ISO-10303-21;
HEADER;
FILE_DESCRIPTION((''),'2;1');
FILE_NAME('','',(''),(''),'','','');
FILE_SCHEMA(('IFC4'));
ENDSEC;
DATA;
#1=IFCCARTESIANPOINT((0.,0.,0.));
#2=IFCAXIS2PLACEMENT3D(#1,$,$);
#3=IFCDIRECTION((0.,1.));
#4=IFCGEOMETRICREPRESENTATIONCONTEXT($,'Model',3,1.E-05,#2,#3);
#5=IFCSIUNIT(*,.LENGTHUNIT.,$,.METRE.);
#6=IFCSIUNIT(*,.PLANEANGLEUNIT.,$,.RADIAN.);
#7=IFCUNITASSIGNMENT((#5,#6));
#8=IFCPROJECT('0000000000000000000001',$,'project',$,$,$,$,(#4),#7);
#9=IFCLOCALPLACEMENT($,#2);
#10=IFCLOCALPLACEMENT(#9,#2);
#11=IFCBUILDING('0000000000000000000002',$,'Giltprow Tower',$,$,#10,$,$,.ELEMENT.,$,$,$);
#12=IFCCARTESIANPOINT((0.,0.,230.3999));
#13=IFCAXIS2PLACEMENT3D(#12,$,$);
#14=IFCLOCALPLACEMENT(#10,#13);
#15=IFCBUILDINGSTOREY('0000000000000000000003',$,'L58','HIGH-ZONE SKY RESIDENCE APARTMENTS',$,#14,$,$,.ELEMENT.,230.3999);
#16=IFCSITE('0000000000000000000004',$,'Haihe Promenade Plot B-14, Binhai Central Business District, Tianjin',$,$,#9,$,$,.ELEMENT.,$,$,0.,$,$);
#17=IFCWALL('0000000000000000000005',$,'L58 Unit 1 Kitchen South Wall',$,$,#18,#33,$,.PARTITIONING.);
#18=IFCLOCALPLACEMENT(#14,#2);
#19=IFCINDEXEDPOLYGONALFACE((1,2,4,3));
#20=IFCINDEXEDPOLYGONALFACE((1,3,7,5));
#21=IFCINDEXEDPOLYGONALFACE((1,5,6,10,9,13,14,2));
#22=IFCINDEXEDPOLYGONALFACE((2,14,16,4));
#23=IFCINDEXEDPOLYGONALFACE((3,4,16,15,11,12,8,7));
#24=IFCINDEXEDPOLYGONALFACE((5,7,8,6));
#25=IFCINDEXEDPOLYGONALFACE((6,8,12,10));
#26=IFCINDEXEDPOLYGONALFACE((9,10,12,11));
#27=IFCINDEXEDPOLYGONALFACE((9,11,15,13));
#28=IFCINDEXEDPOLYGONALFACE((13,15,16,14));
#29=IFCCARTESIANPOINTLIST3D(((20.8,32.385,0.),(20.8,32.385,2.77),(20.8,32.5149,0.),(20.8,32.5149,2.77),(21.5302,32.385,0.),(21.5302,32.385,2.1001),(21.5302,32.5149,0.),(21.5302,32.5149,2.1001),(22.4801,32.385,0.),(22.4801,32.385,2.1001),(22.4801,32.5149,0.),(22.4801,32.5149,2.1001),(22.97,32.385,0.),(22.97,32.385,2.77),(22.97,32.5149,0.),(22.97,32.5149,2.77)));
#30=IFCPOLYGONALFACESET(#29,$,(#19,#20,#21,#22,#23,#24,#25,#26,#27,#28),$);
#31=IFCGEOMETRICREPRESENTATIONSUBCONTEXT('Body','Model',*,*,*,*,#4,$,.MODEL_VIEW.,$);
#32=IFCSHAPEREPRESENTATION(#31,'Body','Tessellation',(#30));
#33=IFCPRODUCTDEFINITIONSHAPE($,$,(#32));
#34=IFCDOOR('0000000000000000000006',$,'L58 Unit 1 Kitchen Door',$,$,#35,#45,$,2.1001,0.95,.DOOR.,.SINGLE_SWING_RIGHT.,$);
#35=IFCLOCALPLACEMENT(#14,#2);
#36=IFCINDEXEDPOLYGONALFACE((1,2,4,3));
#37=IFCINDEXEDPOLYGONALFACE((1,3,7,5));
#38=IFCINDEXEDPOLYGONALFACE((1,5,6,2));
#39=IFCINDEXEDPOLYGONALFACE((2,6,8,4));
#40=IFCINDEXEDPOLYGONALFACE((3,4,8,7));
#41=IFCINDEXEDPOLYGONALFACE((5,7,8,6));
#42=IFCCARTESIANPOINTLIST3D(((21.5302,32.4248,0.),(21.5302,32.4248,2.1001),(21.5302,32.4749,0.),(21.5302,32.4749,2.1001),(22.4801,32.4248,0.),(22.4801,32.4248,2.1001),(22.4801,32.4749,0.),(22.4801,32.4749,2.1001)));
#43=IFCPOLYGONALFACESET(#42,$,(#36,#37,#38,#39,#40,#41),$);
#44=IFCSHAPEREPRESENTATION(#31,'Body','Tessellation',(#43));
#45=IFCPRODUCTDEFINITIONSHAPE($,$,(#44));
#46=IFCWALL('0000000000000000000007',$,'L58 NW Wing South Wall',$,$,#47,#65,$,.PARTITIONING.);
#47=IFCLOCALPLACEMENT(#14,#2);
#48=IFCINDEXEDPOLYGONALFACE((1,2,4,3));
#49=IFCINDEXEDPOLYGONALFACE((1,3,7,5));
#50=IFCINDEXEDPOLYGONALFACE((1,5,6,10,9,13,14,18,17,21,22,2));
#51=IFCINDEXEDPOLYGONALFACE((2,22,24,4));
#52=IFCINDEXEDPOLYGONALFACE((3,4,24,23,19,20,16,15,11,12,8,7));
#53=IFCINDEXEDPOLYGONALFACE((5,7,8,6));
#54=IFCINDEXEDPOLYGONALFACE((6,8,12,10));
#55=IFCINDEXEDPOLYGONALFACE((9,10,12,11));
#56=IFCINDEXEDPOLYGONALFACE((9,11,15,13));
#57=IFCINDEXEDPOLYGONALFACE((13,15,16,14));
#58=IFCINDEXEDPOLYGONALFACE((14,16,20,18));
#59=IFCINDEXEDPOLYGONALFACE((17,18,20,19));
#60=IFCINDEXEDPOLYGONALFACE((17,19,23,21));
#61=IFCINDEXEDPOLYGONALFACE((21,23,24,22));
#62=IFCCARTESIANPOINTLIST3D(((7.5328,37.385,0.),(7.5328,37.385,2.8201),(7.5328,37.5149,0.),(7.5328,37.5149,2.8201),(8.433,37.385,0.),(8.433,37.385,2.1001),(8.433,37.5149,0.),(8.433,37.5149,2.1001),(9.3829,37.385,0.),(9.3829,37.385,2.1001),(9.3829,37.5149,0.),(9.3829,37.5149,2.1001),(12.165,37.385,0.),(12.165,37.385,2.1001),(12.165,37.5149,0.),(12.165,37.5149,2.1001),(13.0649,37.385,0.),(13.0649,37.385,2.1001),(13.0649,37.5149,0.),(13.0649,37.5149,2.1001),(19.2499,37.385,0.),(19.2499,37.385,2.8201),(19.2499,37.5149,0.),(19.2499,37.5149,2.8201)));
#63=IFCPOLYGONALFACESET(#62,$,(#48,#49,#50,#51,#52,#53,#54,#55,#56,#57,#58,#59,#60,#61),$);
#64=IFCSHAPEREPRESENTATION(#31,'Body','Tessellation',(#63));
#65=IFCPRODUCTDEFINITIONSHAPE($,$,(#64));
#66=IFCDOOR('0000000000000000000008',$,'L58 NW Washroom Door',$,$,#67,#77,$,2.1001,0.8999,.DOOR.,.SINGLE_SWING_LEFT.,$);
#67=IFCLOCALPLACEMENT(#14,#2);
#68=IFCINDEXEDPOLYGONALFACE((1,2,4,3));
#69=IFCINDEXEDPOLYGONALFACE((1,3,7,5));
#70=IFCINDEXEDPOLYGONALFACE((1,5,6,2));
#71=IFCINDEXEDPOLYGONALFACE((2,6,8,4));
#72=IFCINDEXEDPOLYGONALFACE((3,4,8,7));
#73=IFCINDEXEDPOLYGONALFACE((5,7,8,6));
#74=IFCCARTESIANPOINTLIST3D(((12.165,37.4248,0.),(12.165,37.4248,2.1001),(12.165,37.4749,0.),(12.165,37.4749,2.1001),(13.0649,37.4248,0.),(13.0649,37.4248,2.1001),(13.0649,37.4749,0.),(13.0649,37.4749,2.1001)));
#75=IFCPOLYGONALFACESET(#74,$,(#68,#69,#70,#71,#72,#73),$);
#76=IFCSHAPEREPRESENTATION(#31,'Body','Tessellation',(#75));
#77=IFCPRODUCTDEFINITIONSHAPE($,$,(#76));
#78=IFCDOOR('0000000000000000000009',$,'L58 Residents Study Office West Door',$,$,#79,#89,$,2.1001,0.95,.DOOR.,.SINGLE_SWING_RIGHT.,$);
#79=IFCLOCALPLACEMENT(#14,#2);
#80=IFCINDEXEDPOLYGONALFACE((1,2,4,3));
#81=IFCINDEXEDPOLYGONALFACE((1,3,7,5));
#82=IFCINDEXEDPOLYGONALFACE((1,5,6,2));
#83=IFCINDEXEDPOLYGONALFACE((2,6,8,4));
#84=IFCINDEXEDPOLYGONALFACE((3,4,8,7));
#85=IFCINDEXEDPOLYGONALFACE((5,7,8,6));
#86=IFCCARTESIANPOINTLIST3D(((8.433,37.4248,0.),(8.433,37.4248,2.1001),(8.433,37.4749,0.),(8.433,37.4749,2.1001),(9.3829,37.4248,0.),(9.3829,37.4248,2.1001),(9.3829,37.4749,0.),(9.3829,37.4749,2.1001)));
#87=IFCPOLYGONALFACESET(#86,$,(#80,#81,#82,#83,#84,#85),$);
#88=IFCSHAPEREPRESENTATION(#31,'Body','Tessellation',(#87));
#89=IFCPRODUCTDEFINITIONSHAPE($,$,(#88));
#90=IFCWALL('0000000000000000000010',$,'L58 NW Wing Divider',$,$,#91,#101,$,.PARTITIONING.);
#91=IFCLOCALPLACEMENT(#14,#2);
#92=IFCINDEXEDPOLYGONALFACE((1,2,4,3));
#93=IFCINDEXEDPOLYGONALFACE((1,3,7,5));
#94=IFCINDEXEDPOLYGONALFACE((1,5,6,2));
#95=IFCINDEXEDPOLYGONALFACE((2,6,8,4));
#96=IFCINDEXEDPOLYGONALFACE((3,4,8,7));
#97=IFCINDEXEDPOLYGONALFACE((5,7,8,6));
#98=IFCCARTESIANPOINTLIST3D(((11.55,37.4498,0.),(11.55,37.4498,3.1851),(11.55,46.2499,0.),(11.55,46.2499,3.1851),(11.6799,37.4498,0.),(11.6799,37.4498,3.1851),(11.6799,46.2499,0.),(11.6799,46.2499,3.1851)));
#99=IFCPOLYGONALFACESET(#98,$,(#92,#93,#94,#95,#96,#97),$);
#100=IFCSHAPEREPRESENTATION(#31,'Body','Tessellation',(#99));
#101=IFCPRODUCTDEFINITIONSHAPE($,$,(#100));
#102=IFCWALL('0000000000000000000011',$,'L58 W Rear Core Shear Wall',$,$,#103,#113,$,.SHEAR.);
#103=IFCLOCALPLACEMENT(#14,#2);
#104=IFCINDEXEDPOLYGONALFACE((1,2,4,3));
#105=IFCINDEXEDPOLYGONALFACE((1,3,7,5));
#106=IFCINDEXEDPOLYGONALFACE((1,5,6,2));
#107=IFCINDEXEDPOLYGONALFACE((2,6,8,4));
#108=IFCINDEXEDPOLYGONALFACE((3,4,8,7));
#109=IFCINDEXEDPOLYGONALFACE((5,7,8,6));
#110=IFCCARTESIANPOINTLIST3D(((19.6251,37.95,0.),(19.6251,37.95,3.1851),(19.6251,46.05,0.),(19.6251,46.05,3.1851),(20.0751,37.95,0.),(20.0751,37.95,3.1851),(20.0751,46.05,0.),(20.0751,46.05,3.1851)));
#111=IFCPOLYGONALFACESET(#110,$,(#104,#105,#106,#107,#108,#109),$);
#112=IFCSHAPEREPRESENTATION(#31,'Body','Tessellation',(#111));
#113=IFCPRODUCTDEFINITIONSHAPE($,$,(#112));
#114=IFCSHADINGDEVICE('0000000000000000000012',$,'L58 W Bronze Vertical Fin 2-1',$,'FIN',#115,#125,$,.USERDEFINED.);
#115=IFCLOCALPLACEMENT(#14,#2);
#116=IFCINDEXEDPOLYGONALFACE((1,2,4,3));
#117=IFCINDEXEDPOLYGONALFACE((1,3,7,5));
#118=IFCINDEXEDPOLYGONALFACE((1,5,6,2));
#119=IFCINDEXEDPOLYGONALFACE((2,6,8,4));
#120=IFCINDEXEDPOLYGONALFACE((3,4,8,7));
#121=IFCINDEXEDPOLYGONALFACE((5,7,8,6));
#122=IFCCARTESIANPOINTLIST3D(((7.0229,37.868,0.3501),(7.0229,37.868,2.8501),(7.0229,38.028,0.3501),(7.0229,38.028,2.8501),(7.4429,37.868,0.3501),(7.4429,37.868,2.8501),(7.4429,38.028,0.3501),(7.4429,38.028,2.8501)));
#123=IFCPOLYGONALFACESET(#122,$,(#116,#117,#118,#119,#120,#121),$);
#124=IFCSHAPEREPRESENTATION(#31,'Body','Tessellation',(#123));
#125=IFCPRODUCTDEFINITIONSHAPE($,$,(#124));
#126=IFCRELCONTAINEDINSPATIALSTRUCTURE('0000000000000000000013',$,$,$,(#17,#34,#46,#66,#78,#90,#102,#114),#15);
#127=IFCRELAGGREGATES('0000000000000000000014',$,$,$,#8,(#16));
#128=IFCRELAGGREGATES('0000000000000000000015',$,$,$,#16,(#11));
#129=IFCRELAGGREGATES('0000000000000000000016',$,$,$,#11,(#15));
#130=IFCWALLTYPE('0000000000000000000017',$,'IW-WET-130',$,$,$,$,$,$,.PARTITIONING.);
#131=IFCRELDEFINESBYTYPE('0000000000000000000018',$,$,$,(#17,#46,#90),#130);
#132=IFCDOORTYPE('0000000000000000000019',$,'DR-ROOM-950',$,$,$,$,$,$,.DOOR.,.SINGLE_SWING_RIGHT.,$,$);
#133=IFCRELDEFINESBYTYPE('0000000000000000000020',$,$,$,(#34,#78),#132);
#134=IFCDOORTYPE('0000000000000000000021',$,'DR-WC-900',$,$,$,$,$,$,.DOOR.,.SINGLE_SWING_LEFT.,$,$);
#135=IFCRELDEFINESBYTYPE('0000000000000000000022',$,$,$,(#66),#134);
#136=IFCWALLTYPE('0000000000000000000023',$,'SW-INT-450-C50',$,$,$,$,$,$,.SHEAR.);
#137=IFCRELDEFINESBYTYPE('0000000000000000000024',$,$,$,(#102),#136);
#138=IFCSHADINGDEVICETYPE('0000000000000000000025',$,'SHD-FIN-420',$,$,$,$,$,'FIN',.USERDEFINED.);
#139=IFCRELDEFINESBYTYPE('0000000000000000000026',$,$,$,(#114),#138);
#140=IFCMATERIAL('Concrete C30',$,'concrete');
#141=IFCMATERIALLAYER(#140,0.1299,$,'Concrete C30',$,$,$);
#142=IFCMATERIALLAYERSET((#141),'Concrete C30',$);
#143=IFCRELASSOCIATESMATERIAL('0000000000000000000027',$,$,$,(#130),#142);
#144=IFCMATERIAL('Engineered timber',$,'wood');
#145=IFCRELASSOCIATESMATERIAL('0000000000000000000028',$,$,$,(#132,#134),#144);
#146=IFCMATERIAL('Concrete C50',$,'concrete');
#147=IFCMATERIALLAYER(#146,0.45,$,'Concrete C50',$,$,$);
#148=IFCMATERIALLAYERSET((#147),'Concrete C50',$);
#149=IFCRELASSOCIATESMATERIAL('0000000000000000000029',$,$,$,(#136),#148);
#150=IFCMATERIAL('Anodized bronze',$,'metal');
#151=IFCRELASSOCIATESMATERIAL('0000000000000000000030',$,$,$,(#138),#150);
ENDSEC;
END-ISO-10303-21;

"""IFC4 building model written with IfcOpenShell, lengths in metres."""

from ifc_helpers import new_model, si_unit, direction, frame, frame_2d, origin, origin_2d, place, context, subcontext, project, spatial, rectangle, extrude, source, transform, mapped, material, layer, layer_set, type_object, element, fill, save


model = new_model("IFC4")

# Units and contexts
model_context = context("Model", 3, precision=1e-05, world=origin(), true_north=direction((0.0, 1.0)))
body_context = subcontext(model_context, "Body", "Model", "MODEL_VIEW")
ifc_project = project(units=[si_unit("LENGTHUNIT", "METRE"), si_unit("PLANEANGLEUNIT", "RADIAN")], contexts=[model_context])

# Site, building, storey
site_placement = place(None, origin())
site = spatial("IfcSite", under=ifc_project, at=site_placement, Name="Haihe Promenade Plot B-14, Binhai Central Business District, Tianjin", CompositionType="ELEMENT", RefElevation=0.0)
building_placement = place(site_placement, origin())
building = spatial("IfcBuilding", under=site, at=building_placement, Name="Giltprow Tower", CompositionType="ELEMENT")
storey_placement = place(building_placement, frame((0.0, 0.0, 230.3999)))
storey = spatial("IfcBuildingStorey", under=building, at=storey_placement, Name="L58", Description="HIGH-ZONE SKY RESIDENCE APARTMENTS", CompositionType="ELEMENT", Elevation=230.3999)

# Shared definitions
ifc_material_1 = material(Name="Concrete C50", Category="concrete")

# Shared definitions
ifc_material_2 = material(Name="Engineered timber", Category="wood")

# Wall, opening, door
ifc_material_3 = material(Name="Concrete C30", Category="concrete")
ifc_layer_1 = layer(ifc_material_3, 0.1299, Name="Concrete C30")
ifc_layer_set_1 = layer_set([ifc_layer_1], Name="Concrete C30")
wall_type_1 = type_object("IfcWallType", Name="IW-WET-130", PredefinedType="PARTITIONING", material=ifc_layer_set_1)
wall_1_placement = place(storey_placement, frame((20.8, 32.45, 0.0), z_axis=(0.0, 0.0, 1.0), x_axis=(1.0, 0.0, 0.0)))
wall_1 = element("IfcWall", 1, at=wall_1_placement, inside=storey, type_object=wall_type_1, Name="L58 Unit 1 Kitchen South Wall", PredefinedType="PARTITIONING", context=body_context, shape_type="SweptSolid", body=[
    extrude(rectangle(XDim=2.1699, YDim=0.1299, at=frame_2d((1.085, 0.0))), origin(), (0.0, 0.0, 1.0), 2.77),
])
opening_1_placement = place(wall_1_placement, frame((0.73, 0.0, 0.0)))
opening_1 = element("IfcOpeningElement", 2, at=opening_1_placement, cuts=wall_1, PredefinedType="OPENING", context=body_context, shape_type="SweptSolid", body=[
    extrude(rectangle(XDim=0.95, YDim=2.1001, at=frame_2d((0.4751, 1.05))), frame((0.0, 0.075, 0.0), z_axis=(0.0, -1.0, 0.0), x_axis=(1.0, 0.0, 0.0)), (0.0, 0.0, 1.0), 0.1499),
])
door_type_1 = type_object("IfcDoorType", Name="DR-ROOM-950", OperationType="SINGLE_SWING_RIGHT", PredefinedType="DOOR", material=ifc_material_2)
shared_shape_1 = source(origin(), body_context, "Body", "SweptSolid", [
    extrude(rectangle(XDim=0.95, YDim=2.1001, at=frame_2d((0.4751, 1.05))), frame((0.0, 0.0249, 0.0), z_axis=(0.0, -1.0, 0.0), x_axis=(1.0, 0.0, 0.0)), (0.0, 0.0, 1.0), 0.05),
])
door_1_placement = place(opening_1_placement, origin())
door_1 = element("IfcDoor", 3, at=door_1_placement, inside=storey, type_object=door_type_1, Name="L58 Unit 1 Kitchen Door", OperationType="SINGLE_SWING_RIGHT", OverallHeight=2.1001, OverallWidth=0.95, PredefinedType="DOOR", context=body_context, shape_type="MappedRepresentation", body=[
    mapped(shared_shape_1, transform((0.0, 0.0, 0.0), x_axis=(1.0, 0.0, 0.0), y_axis=(0.0, 1.0, 0.0), z_axis=(0.0, 0.0, 1.0), scale=1.0)),
])
fill(opening_1, door_1)

# Wall, openings, doors
wall_2_placement = place(storey_placement, frame((7.533, 37.45, 0.0), z_axis=(0.0, 0.0, 1.0), x_axis=(1.0, 0.0, 0.0)))
wall_2 = element("IfcWall", 4, at=wall_2_placement, inside=storey, type_object=wall_type_1, Name="L58 NW Wing South Wall", PredefinedType="PARTITIONING", context=body_context, shape_type="SweptSolid", body=[
    extrude(rectangle(XDim=11.717, YDim=0.1299, at=frame_2d((5.8584, 0.0))), origin(), (0.0, 0.0, 1.0), 2.8201),
])
opening_2_placement = place(wall_2_placement, frame((0.8999, 0.0, 0.0)))
opening_2 = element("IfcOpeningElement", 5, at=opening_2_placement, cuts=wall_2, PredefinedType="OPENING", context=body_context, shape_type="SweptSolid", body=[
    extrude(rectangle(XDim=0.95, YDim=2.1001, at=frame_2d((0.4751, 1.05))), frame((0.0, 0.075, 0.0), z_axis=(0.0, -1.0, 0.0), x_axis=(1.0, 0.0, 0.0)), (0.0, 0.0, 1.0), 0.1499),
])
opening_3_placement = place(wall_2_placement, frame((4.6321, 0.0, 0.0)))
opening_3 = element("IfcOpeningElement", 6, at=opening_3_placement, cuts=wall_2, PredefinedType="OPENING", context=body_context, shape_type="SweptSolid", body=[
    extrude(rectangle(XDim=0.8999, YDim=2.1001, at=frame_2d((0.45, 1.05))), frame((0.0, 0.075, 0.0), z_axis=(0.0, -1.0, 0.0), x_axis=(1.0, 0.0, 0.0)), (0.0, 0.0, 1.0), 0.1499),
])
door_type_2 = type_object("IfcDoorType", Name="DR-WC-900", OperationType="SINGLE_SWING_LEFT", PredefinedType="DOOR", material=ifc_material_2)
shared_shape_2 = source(origin(), body_context, "Body", "SweptSolid", [
    extrude(rectangle(XDim=0.8999, YDim=2.1001, at=frame_2d((0.45, 1.05))), frame((0.0, 0.0249, 0.0), z_axis=(0.0, -1.0, 0.0), x_axis=(1.0, 0.0, 0.0)), (0.0, 0.0, 1.0), 0.05),
])
door_2_placement = place(opening_3_placement, origin())
door_2 = element("IfcDoor", 7, at=door_2_placement, inside=storey, type_object=door_type_2, Name="L58 NW Washroom Door", OperationType="SINGLE_SWING_LEFT", OverallHeight=2.1001, OverallWidth=0.8999, PredefinedType="DOOR", context=body_context, shape_type="MappedRepresentation", body=[
    mapped(shared_shape_2, transform((0.0, 0.0, 0.0), x_axis=(1.0, 0.0, 0.0), y_axis=(0.0, 1.0, 0.0), z_axis=(0.0, 0.0, 1.0), scale=1.0)),
])
fill(opening_3, door_2)
door_3_placement = place(opening_2_placement, origin())
door_3 = element("IfcDoor", 8, at=door_3_placement, inside=storey, type_object=door_type_1, Name="L58 Residents Study Office West Door", OperationType="SINGLE_SWING_RIGHT", OverallHeight=2.1001, OverallWidth=0.95, PredefinedType="DOOR", context=body_context, shape_type="MappedRepresentation", body=[
    mapped(shared_shape_1, transform((0.0, 0.0, 0.0), x_axis=(1.0, 0.0, 0.0), y_axis=(0.0, 1.0, 0.0), z_axis=(0.0, 0.0, 1.0), scale=1.0)),
])
fill(opening_2, door_3)

# Wall
wall_3_placement = place(storey_placement, frame((11.615, 37.45, 0.0), z_axis=(0.0, 0.0, 1.0), x_axis=(0.0, 1.0, 0.0)))
element("IfcWall", 9, at=wall_3_placement, inside=storey, type_object=wall_type_1, Name="L58 NW Wing Divider", PredefinedType="PARTITIONING", context=body_context, shape_type="SweptSolid", body=[
    extrude(rectangle(XDim=8.8, YDim=0.1299, at=frame_2d((4.3999, 0.0))), origin(), (0.0, 0.0, 1.0), 3.1851),
])

# Shared definitions
ifc_layer_2 = layer(ifc_material_1, 0.45, Name="Concrete C50")
ifc_layer_set_2 = layer_set([ifc_layer_2], Name="Concrete C50")
wall_type_2 = type_object("IfcWallType", Name="SW-INT-450-C50", PredefinedType="SHEAR", material=ifc_layer_set_2)

# Wall
wall_4_placement = place(storey_placement, frame((19.8501, 37.95, 0.0), z_axis=(0.0, 0.0, 1.0), x_axis=(0.0, 1.0, 0.0)))
element("IfcWall", 10, at=wall_4_placement, inside=storey, type_object=wall_type_2, Name="L58 W Rear Core Shear Wall", PredefinedType="SHEAR", context=body_context, shape_type="SweptSolid", body=[
    extrude(rectangle(XDim=8.1001, YDim=0.45, at=frame_2d((4.05, 0.0))), origin(), (0.0, 0.0, 1.0), 3.1851),
])

# Shading device
ifc_material_4 = material(Name="Anodized bronze", Category="metal")
shading_device_type = type_object("IfcShadingDeviceType", Name="SHD-FIN-420", ElementType="FIN", PredefinedType="USERDEFINED", material=ifc_material_4)
shared_shape_3 = source(origin(), body_context, "Body", "SweptSolid", [
    extrude(rectangle(XDim=0.4199, YDim=0.1599, at=origin_2d()), origin(), (0.0, 0.0, 1.0), 2.5),
])
shading_device_placement = place(storey_placement, frame((7.2329, 37.948, 0.3501), z_axis=(0.0, 0.0, 1.0), x_axis=(1.0, 0.0, 0.0)))
element("IfcShadingDevice", 11, at=shading_device_placement, inside=storey, type_object=shading_device_type, Name="L58 W Bronze Vertical Fin 2-1", ObjectType="FIN", PredefinedType="USERDEFINED", context=body_context, shape_type="MappedRepresentation", body=[
    mapped(shared_shape_3, transform((0.0, 0.0, 0.0), x_axis=(1.0, 0.0, 0.0), y_axis=(0.0, 1.0, 0.0), z_axis=(0.0, 0.0, 1.0), scale=1.0)),
])

save(model, "model.ifc")
